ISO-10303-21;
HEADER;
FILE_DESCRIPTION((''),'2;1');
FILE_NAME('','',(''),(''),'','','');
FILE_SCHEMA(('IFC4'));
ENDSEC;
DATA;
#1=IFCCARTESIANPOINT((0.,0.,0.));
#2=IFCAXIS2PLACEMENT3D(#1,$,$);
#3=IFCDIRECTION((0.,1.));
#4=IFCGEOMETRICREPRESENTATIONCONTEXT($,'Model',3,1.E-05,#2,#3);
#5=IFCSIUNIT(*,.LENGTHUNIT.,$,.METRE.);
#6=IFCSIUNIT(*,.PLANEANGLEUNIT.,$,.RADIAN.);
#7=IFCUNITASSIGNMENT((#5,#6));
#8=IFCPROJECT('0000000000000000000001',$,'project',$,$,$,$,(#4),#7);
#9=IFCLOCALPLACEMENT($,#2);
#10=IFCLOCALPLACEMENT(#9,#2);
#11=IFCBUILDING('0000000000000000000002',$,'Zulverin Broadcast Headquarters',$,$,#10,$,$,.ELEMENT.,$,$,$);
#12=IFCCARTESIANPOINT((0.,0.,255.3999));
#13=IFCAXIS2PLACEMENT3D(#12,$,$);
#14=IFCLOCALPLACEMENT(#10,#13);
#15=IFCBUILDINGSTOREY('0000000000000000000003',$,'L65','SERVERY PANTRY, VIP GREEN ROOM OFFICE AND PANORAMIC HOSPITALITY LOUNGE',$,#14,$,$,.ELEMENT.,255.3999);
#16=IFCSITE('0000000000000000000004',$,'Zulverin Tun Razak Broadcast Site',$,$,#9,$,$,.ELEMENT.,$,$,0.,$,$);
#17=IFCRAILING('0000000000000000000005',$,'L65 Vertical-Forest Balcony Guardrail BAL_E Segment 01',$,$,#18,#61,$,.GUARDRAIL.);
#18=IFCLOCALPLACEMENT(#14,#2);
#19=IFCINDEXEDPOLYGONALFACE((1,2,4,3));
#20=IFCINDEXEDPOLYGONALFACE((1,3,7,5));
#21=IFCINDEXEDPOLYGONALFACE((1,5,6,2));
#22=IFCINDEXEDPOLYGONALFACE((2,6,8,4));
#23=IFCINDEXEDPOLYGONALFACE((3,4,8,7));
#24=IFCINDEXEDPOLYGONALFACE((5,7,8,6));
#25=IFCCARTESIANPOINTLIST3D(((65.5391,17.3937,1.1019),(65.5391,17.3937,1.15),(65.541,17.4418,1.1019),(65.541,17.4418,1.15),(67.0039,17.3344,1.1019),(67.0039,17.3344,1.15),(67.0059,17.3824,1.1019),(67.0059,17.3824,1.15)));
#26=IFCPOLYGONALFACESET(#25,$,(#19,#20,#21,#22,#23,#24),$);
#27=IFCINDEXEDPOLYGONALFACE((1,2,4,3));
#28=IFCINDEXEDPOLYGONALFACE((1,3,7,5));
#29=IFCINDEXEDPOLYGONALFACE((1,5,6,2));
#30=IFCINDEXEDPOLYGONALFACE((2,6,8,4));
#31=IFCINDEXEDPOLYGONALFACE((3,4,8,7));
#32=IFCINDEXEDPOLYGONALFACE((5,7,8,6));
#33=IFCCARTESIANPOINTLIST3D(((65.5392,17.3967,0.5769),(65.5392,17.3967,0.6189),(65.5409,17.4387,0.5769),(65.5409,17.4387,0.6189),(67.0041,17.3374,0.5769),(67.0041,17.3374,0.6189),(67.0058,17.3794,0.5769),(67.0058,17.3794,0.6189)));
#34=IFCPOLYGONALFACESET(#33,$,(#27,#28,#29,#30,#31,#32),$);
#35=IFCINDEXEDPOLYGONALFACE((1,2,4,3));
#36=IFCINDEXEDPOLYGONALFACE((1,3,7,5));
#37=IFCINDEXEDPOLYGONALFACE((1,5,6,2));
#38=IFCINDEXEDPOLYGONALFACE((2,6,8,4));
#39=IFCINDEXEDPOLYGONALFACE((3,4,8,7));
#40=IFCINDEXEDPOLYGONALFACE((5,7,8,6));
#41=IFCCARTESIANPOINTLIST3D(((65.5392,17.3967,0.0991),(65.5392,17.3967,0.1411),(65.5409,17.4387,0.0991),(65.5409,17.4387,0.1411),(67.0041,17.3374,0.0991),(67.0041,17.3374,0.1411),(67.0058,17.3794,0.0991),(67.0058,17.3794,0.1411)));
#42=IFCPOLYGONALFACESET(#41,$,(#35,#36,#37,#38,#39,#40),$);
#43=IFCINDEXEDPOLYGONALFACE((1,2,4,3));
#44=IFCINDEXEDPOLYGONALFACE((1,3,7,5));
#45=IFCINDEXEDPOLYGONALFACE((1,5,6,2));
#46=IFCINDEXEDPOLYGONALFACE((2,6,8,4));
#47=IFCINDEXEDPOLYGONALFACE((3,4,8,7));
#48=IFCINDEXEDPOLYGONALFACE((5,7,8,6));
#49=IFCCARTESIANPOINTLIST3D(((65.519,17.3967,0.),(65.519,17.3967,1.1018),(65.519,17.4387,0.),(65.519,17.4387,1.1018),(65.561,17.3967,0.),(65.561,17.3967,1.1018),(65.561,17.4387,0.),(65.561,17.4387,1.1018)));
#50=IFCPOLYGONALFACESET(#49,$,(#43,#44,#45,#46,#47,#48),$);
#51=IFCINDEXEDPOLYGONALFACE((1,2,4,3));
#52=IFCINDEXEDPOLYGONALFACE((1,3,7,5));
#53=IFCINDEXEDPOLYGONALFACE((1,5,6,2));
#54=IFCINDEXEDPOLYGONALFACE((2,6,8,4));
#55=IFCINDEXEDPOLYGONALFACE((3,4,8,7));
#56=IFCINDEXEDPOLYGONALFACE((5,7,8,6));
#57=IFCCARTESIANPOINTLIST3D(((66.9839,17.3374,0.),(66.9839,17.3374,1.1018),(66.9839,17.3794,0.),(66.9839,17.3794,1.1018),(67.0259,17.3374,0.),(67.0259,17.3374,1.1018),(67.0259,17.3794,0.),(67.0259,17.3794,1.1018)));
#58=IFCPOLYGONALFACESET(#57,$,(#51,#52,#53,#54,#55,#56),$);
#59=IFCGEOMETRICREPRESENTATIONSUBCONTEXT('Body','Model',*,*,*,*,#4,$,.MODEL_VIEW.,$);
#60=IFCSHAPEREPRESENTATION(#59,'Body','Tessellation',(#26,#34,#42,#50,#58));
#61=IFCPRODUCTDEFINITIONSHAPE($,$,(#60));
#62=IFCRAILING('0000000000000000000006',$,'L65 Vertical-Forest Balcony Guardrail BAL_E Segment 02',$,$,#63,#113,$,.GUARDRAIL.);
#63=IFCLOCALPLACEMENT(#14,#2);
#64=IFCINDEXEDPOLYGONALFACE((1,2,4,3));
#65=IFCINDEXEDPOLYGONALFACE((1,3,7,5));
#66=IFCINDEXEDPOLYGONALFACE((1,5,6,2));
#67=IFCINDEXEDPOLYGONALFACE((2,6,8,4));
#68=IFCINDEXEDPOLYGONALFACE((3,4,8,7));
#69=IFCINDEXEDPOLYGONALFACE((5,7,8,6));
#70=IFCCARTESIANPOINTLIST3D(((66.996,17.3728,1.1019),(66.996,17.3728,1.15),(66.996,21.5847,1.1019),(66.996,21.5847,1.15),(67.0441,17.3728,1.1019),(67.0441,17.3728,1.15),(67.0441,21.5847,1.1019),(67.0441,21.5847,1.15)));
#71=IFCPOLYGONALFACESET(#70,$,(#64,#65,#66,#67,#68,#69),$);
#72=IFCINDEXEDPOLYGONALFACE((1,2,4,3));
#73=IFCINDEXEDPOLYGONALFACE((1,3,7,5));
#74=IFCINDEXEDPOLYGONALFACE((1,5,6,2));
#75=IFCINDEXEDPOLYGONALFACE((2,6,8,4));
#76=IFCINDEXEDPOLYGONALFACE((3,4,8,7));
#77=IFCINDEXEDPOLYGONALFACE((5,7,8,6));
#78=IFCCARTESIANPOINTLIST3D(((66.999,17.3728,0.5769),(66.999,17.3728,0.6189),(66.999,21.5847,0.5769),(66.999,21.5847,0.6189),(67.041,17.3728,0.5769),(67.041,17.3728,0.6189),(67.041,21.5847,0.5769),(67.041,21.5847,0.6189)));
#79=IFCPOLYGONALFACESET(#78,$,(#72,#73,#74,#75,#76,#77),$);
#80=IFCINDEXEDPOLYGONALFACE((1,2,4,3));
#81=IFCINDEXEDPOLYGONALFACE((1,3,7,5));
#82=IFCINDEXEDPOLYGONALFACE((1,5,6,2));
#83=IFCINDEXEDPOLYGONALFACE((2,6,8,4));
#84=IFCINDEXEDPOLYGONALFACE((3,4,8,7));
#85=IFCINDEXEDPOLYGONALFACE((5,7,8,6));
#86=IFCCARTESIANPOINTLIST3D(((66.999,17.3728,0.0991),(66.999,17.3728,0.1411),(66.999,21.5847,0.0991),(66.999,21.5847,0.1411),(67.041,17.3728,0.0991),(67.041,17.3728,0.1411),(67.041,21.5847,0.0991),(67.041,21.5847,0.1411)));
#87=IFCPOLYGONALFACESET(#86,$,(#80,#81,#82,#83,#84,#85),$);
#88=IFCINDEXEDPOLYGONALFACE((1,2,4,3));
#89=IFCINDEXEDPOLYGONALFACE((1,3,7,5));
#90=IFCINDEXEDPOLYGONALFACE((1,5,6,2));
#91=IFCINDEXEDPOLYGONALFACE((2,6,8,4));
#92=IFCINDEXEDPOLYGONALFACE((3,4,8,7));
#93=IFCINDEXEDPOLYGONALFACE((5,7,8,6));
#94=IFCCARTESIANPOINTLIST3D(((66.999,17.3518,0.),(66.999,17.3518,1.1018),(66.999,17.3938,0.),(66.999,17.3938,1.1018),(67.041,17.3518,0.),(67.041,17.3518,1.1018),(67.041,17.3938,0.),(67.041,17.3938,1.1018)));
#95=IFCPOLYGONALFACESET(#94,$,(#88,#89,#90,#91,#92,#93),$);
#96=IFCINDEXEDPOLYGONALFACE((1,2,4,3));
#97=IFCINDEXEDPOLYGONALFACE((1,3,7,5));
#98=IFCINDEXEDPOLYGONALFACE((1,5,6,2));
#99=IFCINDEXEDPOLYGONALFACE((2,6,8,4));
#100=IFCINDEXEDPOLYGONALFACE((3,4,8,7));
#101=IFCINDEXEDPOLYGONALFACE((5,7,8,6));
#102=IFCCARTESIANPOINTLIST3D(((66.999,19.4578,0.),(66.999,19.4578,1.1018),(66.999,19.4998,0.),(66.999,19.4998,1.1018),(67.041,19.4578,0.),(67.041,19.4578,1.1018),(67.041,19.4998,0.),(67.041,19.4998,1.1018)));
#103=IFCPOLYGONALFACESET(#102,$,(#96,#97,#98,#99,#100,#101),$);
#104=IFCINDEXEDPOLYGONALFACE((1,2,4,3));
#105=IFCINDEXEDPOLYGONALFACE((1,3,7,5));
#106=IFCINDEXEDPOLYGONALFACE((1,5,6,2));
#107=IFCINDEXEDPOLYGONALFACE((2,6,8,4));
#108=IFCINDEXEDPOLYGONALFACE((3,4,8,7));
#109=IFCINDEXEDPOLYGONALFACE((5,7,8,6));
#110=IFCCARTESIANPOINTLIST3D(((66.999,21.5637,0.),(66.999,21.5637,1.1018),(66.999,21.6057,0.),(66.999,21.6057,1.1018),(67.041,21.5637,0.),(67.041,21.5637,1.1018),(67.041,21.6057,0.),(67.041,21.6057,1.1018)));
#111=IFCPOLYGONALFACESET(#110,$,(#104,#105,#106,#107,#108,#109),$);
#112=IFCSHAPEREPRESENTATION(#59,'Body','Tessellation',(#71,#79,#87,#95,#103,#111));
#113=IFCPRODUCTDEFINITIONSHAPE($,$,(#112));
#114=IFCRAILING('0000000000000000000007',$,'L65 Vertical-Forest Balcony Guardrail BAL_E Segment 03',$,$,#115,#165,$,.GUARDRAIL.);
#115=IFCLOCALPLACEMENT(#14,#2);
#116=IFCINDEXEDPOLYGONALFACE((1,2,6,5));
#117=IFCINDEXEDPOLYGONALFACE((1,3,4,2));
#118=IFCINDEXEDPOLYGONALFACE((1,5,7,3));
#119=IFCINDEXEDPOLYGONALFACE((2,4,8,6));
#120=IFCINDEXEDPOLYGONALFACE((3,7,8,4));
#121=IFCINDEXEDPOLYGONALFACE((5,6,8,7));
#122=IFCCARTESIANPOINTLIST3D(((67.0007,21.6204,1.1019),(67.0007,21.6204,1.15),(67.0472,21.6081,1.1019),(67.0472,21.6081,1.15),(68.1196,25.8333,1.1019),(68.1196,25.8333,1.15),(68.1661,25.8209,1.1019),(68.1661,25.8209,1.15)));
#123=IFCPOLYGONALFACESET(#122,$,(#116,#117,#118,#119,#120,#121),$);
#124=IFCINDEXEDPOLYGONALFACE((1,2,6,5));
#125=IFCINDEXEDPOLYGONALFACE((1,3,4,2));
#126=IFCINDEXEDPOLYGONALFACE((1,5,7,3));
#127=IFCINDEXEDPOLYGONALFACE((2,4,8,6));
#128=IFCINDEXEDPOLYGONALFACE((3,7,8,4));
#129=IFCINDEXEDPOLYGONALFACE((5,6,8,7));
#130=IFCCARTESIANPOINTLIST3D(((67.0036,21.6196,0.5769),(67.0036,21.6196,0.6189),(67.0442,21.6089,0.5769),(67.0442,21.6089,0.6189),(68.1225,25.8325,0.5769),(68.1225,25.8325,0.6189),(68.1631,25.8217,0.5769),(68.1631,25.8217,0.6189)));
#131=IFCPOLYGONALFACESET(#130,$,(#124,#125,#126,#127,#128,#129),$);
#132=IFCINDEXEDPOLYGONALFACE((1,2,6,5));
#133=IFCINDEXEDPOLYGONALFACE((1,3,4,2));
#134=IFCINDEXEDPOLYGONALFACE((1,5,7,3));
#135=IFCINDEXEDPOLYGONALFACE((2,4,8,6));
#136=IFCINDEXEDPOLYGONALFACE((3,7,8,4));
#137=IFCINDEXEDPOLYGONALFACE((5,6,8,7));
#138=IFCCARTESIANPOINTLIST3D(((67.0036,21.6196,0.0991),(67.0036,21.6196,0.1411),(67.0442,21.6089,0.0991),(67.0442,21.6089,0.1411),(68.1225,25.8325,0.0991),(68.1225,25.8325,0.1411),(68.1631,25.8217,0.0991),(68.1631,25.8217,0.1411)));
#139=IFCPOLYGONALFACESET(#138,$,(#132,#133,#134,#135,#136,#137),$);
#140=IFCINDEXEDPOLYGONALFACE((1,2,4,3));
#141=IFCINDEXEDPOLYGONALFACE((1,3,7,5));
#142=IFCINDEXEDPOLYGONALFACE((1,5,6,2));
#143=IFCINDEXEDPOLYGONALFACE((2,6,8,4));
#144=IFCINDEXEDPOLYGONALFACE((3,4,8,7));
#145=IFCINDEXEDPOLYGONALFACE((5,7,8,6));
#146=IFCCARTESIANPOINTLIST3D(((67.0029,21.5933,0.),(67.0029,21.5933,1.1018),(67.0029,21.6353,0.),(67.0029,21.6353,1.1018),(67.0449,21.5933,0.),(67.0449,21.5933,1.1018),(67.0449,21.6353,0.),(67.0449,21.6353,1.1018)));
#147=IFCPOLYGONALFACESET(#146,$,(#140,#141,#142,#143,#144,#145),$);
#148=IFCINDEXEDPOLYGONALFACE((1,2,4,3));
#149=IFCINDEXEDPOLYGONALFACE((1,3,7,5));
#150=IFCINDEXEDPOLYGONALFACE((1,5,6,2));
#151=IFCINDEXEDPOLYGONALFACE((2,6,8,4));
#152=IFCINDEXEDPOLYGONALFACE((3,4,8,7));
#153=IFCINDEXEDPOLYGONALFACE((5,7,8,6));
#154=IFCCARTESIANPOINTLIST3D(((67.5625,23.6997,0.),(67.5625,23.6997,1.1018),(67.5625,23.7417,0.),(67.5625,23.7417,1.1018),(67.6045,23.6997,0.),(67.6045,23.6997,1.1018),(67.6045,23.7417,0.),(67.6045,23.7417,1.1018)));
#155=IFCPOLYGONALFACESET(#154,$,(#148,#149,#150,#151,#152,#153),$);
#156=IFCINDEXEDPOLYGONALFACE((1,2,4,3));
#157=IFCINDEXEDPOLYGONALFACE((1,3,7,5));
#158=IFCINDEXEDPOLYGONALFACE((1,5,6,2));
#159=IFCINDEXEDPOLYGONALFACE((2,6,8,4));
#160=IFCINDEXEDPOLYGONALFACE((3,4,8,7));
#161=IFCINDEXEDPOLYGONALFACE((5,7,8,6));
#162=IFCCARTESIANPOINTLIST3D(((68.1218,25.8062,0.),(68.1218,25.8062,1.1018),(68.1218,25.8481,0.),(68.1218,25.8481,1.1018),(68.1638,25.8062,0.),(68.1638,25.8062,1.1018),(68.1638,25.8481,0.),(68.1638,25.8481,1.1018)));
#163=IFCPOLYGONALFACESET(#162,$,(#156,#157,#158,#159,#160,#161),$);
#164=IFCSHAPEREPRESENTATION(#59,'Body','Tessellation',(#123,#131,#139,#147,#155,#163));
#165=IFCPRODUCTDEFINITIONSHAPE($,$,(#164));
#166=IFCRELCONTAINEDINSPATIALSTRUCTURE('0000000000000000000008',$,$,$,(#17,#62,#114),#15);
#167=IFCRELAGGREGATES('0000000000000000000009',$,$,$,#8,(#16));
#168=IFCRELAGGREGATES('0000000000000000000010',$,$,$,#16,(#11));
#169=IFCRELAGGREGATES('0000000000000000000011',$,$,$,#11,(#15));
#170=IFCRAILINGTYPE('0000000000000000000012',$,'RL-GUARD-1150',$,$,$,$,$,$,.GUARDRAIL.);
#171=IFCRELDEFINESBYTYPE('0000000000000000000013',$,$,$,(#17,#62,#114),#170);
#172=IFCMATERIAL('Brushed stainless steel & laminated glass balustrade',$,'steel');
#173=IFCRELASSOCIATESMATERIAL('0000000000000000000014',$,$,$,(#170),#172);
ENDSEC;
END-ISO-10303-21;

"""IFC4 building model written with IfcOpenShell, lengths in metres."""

from ifc_helpers import new_model, si_unit, direction, frame, origin, origin_2d, place, context, subcontext, project, spatial, rectangle, extrude, material, type_object, element, save


model = new_model("IFC4")

# Units and contexts
model_context = context("Model", 3, precision=1e-05, world=origin(), true_north=direction((0.0, 1.0)))
body_context = subcontext(model_context, "Body", "Model", "MODEL_VIEW")
ifc_project = project(units=[si_unit("LENGTHUNIT", "METRE"), si_unit("PLANEANGLEUNIT", "RADIAN")], contexts=[model_context])

# Site, building, storey
site_placement = place(None, origin())
site = spatial("IfcSite", under=ifc_project, at=site_placement, Name="Zulverin Tun Razak Broadcast Site", CompositionType="ELEMENT", RefElevation=0.0)
building_placement = place(site_placement, origin())
building = spatial("IfcBuilding", under=site, at=building_placement, Name="Zulverin Broadcast Headquarters", CompositionType="ELEMENT")
storey_placement = place(building_placement, frame((0.0, 0.0, 255.3999)))
storey = spatial("IfcBuildingStorey", under=building, at=storey_placement, Name="L65", Description="SERVERY PANTRY, VIP GREEN ROOM OFFICE AND PANORAMIC HOSPITALITY LOUNGE", CompositionType="ELEMENT", Elevation=255.3999)

# Railings
ifc_material_1 = material(Name="Brushed stainless steel & laminated glass balustrade", Category="steel")
railing_type = type_object("IfcRailingType", Name="RL-GUARD-1150", PredefinedType="GUARDRAIL", material=ifc_material_1)
railing_1_placement = place(storey_placement, frame((65.54, 17.4177, 0.0)))
element("IfcRailing", 1, at=railing_1_placement, inside=storey, type_object=railing_type, Name="L65 Vertical-Forest Balcony Guardrail BAL_E Segment 01", PredefinedType="GUARDRAIL", context=body_context, shape_type="SweptSolid", body=[
    extrude(rectangle(XDim=0.0481, YDim=0.0481, at=origin_2d()), frame((0.0, 0.0, 1.126), z_axis=(0.999181, -0.040467, 0.0), x_axis=(0.040467, 0.999181, 0.0)), (0.0, 0.0, 1.0), 1.4661),
    extrude(rectangle(XDim=0.042, YDim=0.042, at=origin_2d()), frame((0.0, 0.0, 0.5979), z_axis=(0.999181, -0.040467, 0.0), x_axis=(0.040467, 0.999181, 0.0)), (0.0, 0.0, 1.0), 1.4661),
    extrude(rectangle(XDim=0.042, YDim=0.042, at=origin_2d()), frame((0.0, 0.0, 0.1201), z_axis=(0.999181, -0.040467, 0.0), x_axis=(0.040467, 0.999181, 0.0)), (0.0, 0.0, 1.0), 1.4661),
    extrude(rectangle(XDim=0.042, YDim=0.042, at=origin_2d()), origin(), (0.0, 0.0, 1.0), 1.1018),
    extrude(rectangle(XDim=0.042, YDim=0.042, at=origin_2d()), frame((1.4648, -0.0593, 0.0)), (0.0, 0.0, 1.0), 1.1018),
])
railing_2_placement = place(storey_placement, frame((67.02, 17.3728, 0.0)))
element("IfcRailing", 2, at=railing_2_placement, inside=storey, type_object=railing_type, Name="L65 Vertical-Forest Balcony Guardrail BAL_E Segment 02", PredefinedType="GUARDRAIL", context=body_context, shape_type="SweptSolid", body=[
    extrude(rectangle(XDim=0.0481, YDim=0.0481, at=origin_2d()), frame((0.0, 0.0, 1.126), z_axis=(0.0, 1.0, 0.0), x_axis=(-1.0, 0.0, 0.0)), (0.0, 0.0, 1.0), 4.2119),
    extrude(rectangle(XDim=0.042, YDim=0.042, at=origin_2d()), frame((0.0, 0.0, 0.5979), z_axis=(0.0, 1.0, 0.0), x_axis=(-1.0, 0.0, 0.0)), (0.0, 0.0, 1.0), 4.2119),
    extrude(rectangle(XDim=0.042, YDim=0.042, at=origin_2d()), frame((0.0, 0.0, 0.1201), z_axis=(0.0, 1.0, 0.0), x_axis=(-1.0, 0.0, 0.0)), (0.0, 0.0, 1.0), 4.2119),
    extrude(rectangle(XDim=0.042, YDim=0.042, at=origin_2d()), origin(), (0.0, 0.0, 1.0), 1.1018),
    extrude(rectangle(XDim=0.042, YDim=0.042, at=origin_2d()), frame((0.0, 2.106, 0.0)), (0.0, 0.0, 1.0), 1.1018),
    extrude(rectangle(XDim=0.042, YDim=0.042, at=origin_2d()), frame((0.0, 4.2119, 0.0)), (0.0, 0.0, 1.0), 1.1018),
])
railing_3_placement = place(storey_placement, frame((67.0239, 21.6143, 0.0)))
element("IfcRailing", 3, at=railing_3_placement, inside=storey, type_object=railing_type, Name="L65 Vertical-Forest Balcony Guardrail BAL_E Segment 03", PredefinedType="GUARDRAIL", context=body_context, shape_type="SweptSolid", body=[
    extrude(rectangle(XDim=0.0481, YDim=0.0481, at=origin_2d()), frame((0.0, 0.0, 1.126), z_axis=(0.25669, 0.966494, 0.0), x_axis=(-0.966494, 0.25669, 0.0)), (0.0, 0.0, 1.0), 4.3589),
    extrude(rectangle(XDim=0.042, YDim=0.042, at=origin_2d()), frame((0.0, 0.0, 0.5979), z_axis=(0.25669, 0.966494, 0.0), x_axis=(-0.966494, 0.25669, 0.0)), (0.0, 0.0, 1.0), 4.3589),
    extrude(rectangle(XDim=0.042, YDim=0.042, at=origin_2d()), frame((0.0, 0.0, 0.1201), z_axis=(0.25669, 0.966494, 0.0), x_axis=(-0.966494, 0.25669, 0.0)), (0.0, 0.0, 1.0), 4.3589),
    extrude(rectangle(XDim=0.042, YDim=0.042, at=origin_2d()), origin(), (0.0, 0.0, 1.0), 1.1018),
    extrude(rectangle(XDim=0.042, YDim=0.042, at=origin_2d()), frame((0.5596, 2.1064, 0.0)), (0.0, 0.0, 1.0), 1.1018),
    extrude(rectangle(XDim=0.042, YDim=0.042, at=origin_2d()), frame((1.1189, 4.2129, 0.0)), (0.0, 0.0, 1.0), 1.1018),
])

save(model, "model.ifc")
